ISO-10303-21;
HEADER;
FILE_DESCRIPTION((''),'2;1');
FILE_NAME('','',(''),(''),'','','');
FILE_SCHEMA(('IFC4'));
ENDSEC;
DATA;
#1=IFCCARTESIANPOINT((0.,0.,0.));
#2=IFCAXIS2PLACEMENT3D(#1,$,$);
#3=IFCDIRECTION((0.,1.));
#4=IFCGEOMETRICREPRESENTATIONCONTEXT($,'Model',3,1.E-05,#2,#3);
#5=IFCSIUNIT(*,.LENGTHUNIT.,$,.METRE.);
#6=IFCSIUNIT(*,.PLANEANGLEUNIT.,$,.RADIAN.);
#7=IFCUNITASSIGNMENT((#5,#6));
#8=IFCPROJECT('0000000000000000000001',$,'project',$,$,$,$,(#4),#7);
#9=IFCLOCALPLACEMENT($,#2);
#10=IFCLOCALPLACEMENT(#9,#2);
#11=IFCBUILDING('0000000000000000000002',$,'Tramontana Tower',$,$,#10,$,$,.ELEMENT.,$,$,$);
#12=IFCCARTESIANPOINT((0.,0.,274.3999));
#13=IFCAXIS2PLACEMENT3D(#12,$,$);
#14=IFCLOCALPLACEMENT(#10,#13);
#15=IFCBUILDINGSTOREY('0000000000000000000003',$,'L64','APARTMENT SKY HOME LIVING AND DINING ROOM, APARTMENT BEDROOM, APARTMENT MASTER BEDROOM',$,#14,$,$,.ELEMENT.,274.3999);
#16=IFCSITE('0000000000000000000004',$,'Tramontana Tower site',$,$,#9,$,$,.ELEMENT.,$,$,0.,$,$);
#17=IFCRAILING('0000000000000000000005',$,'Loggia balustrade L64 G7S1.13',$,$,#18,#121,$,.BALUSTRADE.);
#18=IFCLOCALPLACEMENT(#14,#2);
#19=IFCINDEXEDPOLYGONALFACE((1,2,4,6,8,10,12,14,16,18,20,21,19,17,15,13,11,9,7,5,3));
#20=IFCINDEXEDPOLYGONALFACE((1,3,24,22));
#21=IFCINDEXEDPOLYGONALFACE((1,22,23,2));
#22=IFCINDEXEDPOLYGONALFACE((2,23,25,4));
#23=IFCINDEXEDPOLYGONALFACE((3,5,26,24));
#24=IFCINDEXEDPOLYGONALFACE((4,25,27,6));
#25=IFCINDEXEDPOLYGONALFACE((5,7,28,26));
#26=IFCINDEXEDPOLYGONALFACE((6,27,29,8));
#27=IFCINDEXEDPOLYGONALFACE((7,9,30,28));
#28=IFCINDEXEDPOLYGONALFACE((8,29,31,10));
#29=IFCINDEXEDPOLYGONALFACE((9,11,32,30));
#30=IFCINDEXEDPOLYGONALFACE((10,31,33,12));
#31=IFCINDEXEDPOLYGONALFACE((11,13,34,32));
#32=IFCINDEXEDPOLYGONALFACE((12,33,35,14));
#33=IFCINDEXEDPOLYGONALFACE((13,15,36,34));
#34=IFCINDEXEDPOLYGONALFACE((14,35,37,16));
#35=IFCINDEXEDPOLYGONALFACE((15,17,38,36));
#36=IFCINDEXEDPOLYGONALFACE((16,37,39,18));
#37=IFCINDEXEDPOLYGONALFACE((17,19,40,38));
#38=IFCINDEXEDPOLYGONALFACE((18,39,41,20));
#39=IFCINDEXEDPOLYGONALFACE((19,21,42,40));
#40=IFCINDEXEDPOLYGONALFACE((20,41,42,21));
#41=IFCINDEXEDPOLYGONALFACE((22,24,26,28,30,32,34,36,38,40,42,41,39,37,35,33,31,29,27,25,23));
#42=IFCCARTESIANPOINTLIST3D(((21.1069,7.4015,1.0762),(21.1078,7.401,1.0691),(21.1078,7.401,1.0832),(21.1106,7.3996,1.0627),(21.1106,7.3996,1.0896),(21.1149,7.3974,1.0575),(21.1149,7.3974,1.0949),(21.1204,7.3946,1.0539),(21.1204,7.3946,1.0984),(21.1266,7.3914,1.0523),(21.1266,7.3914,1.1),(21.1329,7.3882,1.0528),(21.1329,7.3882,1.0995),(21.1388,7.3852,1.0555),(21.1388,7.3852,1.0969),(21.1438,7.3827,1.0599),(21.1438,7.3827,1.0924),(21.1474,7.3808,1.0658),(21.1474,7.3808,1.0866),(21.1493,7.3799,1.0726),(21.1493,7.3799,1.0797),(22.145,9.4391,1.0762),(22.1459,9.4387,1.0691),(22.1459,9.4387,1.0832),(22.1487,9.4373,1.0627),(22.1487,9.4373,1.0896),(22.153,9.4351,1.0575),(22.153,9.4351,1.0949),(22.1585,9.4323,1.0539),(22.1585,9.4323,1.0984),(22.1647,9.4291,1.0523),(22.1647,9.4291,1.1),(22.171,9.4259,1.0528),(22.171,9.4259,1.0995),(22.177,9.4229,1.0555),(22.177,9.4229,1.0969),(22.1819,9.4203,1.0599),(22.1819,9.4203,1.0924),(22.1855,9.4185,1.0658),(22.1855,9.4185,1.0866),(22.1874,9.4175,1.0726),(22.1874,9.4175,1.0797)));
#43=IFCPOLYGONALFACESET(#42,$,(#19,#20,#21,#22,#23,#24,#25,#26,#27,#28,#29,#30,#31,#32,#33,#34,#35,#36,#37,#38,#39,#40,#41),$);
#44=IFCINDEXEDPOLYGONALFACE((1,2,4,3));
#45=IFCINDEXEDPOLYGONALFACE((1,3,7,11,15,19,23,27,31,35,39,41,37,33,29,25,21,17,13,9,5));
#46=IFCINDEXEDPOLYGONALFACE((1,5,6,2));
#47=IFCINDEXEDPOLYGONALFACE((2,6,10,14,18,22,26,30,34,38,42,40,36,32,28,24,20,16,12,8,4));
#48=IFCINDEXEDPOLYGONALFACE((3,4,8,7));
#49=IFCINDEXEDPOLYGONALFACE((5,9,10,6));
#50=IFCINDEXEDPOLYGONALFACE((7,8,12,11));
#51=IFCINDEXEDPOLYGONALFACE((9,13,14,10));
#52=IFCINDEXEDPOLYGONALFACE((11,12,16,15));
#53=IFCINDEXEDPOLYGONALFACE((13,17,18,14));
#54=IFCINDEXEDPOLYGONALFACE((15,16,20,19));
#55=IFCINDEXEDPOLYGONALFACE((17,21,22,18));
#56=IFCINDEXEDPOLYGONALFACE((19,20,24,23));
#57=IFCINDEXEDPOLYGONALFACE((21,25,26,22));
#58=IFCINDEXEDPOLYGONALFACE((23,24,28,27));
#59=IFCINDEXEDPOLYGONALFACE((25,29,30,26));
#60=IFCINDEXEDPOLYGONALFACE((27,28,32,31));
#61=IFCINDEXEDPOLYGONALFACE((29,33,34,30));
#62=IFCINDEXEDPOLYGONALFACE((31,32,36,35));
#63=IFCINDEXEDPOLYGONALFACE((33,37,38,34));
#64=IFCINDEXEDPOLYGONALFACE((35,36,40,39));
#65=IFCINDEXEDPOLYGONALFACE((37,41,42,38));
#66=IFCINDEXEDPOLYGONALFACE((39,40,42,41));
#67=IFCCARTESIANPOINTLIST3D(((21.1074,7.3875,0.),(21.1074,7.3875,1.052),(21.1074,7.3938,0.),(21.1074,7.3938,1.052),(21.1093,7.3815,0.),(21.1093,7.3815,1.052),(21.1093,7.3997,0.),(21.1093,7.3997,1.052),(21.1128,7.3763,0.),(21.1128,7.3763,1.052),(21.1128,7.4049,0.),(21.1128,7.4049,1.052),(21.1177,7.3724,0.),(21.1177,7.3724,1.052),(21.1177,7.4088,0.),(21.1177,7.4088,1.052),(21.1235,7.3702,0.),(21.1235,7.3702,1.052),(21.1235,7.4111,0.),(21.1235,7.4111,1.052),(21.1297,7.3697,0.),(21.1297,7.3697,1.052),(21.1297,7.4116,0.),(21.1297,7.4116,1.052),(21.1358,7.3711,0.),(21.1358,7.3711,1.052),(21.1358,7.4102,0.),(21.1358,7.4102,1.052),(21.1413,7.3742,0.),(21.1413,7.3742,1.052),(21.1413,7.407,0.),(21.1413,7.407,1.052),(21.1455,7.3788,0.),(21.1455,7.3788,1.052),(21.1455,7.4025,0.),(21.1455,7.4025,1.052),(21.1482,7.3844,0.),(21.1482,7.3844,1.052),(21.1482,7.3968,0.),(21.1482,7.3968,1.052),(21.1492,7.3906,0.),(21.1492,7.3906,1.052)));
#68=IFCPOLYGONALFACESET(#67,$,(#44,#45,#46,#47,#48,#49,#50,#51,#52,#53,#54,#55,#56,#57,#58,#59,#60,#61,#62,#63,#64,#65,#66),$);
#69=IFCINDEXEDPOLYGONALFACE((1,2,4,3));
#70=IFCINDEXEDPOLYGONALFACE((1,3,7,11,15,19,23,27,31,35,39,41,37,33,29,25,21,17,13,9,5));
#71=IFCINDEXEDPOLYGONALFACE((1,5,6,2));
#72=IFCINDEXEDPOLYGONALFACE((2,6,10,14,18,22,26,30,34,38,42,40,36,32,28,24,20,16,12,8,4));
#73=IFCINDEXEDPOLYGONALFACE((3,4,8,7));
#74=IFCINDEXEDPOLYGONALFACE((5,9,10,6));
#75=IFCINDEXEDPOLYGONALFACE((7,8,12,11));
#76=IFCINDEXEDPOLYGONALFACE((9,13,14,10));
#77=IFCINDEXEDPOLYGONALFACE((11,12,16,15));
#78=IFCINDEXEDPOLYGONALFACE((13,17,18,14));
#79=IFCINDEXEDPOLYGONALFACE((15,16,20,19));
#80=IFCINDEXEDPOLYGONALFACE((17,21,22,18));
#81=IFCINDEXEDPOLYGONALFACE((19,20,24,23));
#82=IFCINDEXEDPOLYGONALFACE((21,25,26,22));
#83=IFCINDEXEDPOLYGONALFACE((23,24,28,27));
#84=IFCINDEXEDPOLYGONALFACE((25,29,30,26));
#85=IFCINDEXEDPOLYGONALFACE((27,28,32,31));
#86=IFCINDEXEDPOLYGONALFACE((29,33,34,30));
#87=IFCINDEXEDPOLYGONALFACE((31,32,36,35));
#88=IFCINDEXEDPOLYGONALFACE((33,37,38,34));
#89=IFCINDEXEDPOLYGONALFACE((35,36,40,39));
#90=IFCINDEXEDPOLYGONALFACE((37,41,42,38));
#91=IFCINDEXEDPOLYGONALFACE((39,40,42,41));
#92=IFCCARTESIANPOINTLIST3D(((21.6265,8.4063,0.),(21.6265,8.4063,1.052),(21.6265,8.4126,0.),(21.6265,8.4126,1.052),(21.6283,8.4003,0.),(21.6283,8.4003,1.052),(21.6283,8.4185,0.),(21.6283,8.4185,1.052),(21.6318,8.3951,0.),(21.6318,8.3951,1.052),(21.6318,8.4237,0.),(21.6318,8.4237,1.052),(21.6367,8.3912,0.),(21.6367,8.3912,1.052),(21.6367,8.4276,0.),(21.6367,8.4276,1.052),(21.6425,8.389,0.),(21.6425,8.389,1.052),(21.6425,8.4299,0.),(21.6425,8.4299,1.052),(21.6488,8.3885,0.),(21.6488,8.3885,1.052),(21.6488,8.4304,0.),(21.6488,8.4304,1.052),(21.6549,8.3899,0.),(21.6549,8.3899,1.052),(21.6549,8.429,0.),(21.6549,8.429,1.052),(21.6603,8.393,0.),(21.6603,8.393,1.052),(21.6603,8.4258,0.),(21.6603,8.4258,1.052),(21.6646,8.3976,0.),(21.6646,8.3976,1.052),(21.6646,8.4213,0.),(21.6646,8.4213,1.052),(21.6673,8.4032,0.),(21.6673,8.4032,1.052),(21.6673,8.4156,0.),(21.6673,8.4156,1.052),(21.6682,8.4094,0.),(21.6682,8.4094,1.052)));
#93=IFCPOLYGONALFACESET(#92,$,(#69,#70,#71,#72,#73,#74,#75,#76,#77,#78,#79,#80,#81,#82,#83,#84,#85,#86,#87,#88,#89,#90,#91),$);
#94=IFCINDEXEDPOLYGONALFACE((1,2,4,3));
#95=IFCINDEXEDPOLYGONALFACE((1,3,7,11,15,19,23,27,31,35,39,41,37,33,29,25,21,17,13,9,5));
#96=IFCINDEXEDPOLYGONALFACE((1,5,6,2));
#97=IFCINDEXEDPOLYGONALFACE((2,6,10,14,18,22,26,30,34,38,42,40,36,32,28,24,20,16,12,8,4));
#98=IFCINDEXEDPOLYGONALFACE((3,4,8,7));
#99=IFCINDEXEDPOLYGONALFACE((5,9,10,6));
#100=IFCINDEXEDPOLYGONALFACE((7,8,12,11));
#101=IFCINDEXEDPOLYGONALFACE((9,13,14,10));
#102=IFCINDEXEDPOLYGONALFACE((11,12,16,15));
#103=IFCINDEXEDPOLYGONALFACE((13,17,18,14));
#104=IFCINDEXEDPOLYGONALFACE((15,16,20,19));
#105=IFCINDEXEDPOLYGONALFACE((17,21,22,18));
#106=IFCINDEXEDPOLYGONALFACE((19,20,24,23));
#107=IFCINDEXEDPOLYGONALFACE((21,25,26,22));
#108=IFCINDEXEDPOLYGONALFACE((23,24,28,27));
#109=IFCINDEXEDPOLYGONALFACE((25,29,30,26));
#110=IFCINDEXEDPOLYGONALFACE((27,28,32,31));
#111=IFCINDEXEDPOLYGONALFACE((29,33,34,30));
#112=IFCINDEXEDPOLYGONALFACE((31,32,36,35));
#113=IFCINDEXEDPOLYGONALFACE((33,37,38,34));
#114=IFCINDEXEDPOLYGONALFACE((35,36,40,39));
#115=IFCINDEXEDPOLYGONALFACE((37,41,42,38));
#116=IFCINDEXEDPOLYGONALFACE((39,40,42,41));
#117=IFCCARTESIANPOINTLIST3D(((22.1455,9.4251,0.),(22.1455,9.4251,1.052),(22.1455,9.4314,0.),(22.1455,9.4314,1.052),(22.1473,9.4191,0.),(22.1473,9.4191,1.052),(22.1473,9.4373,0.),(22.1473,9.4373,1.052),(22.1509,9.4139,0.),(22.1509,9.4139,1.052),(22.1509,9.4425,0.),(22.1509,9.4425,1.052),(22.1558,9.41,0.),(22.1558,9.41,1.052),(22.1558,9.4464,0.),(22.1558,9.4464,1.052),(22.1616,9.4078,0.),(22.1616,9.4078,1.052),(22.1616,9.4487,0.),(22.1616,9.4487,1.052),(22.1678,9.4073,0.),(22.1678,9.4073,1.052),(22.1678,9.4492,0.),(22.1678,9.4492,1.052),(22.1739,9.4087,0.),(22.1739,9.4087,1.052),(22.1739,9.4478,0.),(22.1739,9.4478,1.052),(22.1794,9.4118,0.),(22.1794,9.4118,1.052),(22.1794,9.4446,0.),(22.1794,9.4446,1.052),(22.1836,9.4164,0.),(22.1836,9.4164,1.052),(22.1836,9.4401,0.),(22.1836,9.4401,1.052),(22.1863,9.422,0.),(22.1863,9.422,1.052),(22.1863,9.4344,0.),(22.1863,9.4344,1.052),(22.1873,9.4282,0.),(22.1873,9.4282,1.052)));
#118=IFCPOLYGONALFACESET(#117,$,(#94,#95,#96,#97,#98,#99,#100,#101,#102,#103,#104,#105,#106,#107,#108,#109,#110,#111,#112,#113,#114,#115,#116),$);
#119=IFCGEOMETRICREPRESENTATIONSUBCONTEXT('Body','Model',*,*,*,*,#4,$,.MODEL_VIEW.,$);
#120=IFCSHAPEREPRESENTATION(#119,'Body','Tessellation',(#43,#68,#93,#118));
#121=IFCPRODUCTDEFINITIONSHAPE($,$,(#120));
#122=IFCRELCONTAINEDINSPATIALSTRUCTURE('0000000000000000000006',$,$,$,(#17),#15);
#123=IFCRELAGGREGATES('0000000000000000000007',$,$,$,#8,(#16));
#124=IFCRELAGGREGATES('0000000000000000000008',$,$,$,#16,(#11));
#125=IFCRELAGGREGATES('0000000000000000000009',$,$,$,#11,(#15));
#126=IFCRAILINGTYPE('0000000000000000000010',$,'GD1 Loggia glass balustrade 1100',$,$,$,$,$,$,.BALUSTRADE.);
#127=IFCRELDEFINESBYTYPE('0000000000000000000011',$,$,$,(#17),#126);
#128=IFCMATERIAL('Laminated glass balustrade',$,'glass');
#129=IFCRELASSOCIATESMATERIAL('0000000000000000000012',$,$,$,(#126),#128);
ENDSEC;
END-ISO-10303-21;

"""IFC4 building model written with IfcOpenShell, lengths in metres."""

from ifc_helpers import new_model, si_unit, direction, frame, origin, origin_2d, place, context, subcontext, project, spatial, circle, extrude, material, type_object, element, save


model = new_model("IFC4")

# Units and contexts
model_context = context("Model", 3, precision=1e-05, world=origin(), true_north=direction((0.0, 1.0)))
body_context = subcontext(model_context, "Body", "Model", "MODEL_VIEW")
ifc_project = project(units=[si_unit("LENGTHUNIT", "METRE"), si_unit("PLANEANGLEUNIT", "RADIAN")], contexts=[model_context])

# Site, building, storey
site_placement = place(None, origin())
site = spatial("IfcSite", under=ifc_project, at=site_placement, Name="Tramontana Tower site", CompositionType="ELEMENT", RefElevation=0.0)
building_placement = place(site_placement, origin())
building = spatial("IfcBuilding", under=site, at=building_placement, Name="Tramontana Tower", CompositionType="ELEMENT")
storey_placement = place(building_placement, frame((0.0, 0.0, 274.3999)))
storey = spatial("IfcBuildingStorey", under=building, at=storey_placement, Name="L64", Description="APARTMENT SKY HOME LIVING AND DINING ROOM, APARTMENT BEDROOM, APARTMENT MASTER BEDROOM", CompositionType="ELEMENT", Elevation=274.3999)

# Railing
ifc_material_1 = material(Name="Laminated glass balustrade", Category="glass")
railing_type = type_object("IfcRailingType", Name="GD1 Loggia glass balustrade 1100", PredefinedType="BALUSTRADE", material=ifc_material_1)
railing_placement = place(storey_placement, frame((21.1282, 7.3906, 0.0)))
element("IfcRailing", 1, at=railing_placement, inside=storey, type_object=railing_type, Name="Loggia balustrade L64 G7S1.13", PredefinedType="BALUSTRADE", context=body_context, shape_type="SweptSolid", body=[
    extrude(circle(Radius=0.0239, at=origin_2d()), frame((0.0, 0.0, 1.0762), z_axis=(0.453948, 0.891028, 0.0), x_axis=(-0.891028, 0.453948, 0.0)), (0.0, 0.0, 1.0), 2.2869),
    extrude(circle(Radius=0.021, at=origin_2d()), origin(), (0.0, 0.0, 1.0), 1.052),
    extrude(circle(Radius=0.021, at=origin_2d()), frame((0.519, 1.0188, 0.0)), (0.0, 0.0, 1.0), 1.052),
    extrude(circle(Radius=0.021, at=origin_2d()), frame((1.0381, 2.0376, 0.0)), (0.0, 0.0, 1.0), 1.052),
])

save(model, "model.ifc")
